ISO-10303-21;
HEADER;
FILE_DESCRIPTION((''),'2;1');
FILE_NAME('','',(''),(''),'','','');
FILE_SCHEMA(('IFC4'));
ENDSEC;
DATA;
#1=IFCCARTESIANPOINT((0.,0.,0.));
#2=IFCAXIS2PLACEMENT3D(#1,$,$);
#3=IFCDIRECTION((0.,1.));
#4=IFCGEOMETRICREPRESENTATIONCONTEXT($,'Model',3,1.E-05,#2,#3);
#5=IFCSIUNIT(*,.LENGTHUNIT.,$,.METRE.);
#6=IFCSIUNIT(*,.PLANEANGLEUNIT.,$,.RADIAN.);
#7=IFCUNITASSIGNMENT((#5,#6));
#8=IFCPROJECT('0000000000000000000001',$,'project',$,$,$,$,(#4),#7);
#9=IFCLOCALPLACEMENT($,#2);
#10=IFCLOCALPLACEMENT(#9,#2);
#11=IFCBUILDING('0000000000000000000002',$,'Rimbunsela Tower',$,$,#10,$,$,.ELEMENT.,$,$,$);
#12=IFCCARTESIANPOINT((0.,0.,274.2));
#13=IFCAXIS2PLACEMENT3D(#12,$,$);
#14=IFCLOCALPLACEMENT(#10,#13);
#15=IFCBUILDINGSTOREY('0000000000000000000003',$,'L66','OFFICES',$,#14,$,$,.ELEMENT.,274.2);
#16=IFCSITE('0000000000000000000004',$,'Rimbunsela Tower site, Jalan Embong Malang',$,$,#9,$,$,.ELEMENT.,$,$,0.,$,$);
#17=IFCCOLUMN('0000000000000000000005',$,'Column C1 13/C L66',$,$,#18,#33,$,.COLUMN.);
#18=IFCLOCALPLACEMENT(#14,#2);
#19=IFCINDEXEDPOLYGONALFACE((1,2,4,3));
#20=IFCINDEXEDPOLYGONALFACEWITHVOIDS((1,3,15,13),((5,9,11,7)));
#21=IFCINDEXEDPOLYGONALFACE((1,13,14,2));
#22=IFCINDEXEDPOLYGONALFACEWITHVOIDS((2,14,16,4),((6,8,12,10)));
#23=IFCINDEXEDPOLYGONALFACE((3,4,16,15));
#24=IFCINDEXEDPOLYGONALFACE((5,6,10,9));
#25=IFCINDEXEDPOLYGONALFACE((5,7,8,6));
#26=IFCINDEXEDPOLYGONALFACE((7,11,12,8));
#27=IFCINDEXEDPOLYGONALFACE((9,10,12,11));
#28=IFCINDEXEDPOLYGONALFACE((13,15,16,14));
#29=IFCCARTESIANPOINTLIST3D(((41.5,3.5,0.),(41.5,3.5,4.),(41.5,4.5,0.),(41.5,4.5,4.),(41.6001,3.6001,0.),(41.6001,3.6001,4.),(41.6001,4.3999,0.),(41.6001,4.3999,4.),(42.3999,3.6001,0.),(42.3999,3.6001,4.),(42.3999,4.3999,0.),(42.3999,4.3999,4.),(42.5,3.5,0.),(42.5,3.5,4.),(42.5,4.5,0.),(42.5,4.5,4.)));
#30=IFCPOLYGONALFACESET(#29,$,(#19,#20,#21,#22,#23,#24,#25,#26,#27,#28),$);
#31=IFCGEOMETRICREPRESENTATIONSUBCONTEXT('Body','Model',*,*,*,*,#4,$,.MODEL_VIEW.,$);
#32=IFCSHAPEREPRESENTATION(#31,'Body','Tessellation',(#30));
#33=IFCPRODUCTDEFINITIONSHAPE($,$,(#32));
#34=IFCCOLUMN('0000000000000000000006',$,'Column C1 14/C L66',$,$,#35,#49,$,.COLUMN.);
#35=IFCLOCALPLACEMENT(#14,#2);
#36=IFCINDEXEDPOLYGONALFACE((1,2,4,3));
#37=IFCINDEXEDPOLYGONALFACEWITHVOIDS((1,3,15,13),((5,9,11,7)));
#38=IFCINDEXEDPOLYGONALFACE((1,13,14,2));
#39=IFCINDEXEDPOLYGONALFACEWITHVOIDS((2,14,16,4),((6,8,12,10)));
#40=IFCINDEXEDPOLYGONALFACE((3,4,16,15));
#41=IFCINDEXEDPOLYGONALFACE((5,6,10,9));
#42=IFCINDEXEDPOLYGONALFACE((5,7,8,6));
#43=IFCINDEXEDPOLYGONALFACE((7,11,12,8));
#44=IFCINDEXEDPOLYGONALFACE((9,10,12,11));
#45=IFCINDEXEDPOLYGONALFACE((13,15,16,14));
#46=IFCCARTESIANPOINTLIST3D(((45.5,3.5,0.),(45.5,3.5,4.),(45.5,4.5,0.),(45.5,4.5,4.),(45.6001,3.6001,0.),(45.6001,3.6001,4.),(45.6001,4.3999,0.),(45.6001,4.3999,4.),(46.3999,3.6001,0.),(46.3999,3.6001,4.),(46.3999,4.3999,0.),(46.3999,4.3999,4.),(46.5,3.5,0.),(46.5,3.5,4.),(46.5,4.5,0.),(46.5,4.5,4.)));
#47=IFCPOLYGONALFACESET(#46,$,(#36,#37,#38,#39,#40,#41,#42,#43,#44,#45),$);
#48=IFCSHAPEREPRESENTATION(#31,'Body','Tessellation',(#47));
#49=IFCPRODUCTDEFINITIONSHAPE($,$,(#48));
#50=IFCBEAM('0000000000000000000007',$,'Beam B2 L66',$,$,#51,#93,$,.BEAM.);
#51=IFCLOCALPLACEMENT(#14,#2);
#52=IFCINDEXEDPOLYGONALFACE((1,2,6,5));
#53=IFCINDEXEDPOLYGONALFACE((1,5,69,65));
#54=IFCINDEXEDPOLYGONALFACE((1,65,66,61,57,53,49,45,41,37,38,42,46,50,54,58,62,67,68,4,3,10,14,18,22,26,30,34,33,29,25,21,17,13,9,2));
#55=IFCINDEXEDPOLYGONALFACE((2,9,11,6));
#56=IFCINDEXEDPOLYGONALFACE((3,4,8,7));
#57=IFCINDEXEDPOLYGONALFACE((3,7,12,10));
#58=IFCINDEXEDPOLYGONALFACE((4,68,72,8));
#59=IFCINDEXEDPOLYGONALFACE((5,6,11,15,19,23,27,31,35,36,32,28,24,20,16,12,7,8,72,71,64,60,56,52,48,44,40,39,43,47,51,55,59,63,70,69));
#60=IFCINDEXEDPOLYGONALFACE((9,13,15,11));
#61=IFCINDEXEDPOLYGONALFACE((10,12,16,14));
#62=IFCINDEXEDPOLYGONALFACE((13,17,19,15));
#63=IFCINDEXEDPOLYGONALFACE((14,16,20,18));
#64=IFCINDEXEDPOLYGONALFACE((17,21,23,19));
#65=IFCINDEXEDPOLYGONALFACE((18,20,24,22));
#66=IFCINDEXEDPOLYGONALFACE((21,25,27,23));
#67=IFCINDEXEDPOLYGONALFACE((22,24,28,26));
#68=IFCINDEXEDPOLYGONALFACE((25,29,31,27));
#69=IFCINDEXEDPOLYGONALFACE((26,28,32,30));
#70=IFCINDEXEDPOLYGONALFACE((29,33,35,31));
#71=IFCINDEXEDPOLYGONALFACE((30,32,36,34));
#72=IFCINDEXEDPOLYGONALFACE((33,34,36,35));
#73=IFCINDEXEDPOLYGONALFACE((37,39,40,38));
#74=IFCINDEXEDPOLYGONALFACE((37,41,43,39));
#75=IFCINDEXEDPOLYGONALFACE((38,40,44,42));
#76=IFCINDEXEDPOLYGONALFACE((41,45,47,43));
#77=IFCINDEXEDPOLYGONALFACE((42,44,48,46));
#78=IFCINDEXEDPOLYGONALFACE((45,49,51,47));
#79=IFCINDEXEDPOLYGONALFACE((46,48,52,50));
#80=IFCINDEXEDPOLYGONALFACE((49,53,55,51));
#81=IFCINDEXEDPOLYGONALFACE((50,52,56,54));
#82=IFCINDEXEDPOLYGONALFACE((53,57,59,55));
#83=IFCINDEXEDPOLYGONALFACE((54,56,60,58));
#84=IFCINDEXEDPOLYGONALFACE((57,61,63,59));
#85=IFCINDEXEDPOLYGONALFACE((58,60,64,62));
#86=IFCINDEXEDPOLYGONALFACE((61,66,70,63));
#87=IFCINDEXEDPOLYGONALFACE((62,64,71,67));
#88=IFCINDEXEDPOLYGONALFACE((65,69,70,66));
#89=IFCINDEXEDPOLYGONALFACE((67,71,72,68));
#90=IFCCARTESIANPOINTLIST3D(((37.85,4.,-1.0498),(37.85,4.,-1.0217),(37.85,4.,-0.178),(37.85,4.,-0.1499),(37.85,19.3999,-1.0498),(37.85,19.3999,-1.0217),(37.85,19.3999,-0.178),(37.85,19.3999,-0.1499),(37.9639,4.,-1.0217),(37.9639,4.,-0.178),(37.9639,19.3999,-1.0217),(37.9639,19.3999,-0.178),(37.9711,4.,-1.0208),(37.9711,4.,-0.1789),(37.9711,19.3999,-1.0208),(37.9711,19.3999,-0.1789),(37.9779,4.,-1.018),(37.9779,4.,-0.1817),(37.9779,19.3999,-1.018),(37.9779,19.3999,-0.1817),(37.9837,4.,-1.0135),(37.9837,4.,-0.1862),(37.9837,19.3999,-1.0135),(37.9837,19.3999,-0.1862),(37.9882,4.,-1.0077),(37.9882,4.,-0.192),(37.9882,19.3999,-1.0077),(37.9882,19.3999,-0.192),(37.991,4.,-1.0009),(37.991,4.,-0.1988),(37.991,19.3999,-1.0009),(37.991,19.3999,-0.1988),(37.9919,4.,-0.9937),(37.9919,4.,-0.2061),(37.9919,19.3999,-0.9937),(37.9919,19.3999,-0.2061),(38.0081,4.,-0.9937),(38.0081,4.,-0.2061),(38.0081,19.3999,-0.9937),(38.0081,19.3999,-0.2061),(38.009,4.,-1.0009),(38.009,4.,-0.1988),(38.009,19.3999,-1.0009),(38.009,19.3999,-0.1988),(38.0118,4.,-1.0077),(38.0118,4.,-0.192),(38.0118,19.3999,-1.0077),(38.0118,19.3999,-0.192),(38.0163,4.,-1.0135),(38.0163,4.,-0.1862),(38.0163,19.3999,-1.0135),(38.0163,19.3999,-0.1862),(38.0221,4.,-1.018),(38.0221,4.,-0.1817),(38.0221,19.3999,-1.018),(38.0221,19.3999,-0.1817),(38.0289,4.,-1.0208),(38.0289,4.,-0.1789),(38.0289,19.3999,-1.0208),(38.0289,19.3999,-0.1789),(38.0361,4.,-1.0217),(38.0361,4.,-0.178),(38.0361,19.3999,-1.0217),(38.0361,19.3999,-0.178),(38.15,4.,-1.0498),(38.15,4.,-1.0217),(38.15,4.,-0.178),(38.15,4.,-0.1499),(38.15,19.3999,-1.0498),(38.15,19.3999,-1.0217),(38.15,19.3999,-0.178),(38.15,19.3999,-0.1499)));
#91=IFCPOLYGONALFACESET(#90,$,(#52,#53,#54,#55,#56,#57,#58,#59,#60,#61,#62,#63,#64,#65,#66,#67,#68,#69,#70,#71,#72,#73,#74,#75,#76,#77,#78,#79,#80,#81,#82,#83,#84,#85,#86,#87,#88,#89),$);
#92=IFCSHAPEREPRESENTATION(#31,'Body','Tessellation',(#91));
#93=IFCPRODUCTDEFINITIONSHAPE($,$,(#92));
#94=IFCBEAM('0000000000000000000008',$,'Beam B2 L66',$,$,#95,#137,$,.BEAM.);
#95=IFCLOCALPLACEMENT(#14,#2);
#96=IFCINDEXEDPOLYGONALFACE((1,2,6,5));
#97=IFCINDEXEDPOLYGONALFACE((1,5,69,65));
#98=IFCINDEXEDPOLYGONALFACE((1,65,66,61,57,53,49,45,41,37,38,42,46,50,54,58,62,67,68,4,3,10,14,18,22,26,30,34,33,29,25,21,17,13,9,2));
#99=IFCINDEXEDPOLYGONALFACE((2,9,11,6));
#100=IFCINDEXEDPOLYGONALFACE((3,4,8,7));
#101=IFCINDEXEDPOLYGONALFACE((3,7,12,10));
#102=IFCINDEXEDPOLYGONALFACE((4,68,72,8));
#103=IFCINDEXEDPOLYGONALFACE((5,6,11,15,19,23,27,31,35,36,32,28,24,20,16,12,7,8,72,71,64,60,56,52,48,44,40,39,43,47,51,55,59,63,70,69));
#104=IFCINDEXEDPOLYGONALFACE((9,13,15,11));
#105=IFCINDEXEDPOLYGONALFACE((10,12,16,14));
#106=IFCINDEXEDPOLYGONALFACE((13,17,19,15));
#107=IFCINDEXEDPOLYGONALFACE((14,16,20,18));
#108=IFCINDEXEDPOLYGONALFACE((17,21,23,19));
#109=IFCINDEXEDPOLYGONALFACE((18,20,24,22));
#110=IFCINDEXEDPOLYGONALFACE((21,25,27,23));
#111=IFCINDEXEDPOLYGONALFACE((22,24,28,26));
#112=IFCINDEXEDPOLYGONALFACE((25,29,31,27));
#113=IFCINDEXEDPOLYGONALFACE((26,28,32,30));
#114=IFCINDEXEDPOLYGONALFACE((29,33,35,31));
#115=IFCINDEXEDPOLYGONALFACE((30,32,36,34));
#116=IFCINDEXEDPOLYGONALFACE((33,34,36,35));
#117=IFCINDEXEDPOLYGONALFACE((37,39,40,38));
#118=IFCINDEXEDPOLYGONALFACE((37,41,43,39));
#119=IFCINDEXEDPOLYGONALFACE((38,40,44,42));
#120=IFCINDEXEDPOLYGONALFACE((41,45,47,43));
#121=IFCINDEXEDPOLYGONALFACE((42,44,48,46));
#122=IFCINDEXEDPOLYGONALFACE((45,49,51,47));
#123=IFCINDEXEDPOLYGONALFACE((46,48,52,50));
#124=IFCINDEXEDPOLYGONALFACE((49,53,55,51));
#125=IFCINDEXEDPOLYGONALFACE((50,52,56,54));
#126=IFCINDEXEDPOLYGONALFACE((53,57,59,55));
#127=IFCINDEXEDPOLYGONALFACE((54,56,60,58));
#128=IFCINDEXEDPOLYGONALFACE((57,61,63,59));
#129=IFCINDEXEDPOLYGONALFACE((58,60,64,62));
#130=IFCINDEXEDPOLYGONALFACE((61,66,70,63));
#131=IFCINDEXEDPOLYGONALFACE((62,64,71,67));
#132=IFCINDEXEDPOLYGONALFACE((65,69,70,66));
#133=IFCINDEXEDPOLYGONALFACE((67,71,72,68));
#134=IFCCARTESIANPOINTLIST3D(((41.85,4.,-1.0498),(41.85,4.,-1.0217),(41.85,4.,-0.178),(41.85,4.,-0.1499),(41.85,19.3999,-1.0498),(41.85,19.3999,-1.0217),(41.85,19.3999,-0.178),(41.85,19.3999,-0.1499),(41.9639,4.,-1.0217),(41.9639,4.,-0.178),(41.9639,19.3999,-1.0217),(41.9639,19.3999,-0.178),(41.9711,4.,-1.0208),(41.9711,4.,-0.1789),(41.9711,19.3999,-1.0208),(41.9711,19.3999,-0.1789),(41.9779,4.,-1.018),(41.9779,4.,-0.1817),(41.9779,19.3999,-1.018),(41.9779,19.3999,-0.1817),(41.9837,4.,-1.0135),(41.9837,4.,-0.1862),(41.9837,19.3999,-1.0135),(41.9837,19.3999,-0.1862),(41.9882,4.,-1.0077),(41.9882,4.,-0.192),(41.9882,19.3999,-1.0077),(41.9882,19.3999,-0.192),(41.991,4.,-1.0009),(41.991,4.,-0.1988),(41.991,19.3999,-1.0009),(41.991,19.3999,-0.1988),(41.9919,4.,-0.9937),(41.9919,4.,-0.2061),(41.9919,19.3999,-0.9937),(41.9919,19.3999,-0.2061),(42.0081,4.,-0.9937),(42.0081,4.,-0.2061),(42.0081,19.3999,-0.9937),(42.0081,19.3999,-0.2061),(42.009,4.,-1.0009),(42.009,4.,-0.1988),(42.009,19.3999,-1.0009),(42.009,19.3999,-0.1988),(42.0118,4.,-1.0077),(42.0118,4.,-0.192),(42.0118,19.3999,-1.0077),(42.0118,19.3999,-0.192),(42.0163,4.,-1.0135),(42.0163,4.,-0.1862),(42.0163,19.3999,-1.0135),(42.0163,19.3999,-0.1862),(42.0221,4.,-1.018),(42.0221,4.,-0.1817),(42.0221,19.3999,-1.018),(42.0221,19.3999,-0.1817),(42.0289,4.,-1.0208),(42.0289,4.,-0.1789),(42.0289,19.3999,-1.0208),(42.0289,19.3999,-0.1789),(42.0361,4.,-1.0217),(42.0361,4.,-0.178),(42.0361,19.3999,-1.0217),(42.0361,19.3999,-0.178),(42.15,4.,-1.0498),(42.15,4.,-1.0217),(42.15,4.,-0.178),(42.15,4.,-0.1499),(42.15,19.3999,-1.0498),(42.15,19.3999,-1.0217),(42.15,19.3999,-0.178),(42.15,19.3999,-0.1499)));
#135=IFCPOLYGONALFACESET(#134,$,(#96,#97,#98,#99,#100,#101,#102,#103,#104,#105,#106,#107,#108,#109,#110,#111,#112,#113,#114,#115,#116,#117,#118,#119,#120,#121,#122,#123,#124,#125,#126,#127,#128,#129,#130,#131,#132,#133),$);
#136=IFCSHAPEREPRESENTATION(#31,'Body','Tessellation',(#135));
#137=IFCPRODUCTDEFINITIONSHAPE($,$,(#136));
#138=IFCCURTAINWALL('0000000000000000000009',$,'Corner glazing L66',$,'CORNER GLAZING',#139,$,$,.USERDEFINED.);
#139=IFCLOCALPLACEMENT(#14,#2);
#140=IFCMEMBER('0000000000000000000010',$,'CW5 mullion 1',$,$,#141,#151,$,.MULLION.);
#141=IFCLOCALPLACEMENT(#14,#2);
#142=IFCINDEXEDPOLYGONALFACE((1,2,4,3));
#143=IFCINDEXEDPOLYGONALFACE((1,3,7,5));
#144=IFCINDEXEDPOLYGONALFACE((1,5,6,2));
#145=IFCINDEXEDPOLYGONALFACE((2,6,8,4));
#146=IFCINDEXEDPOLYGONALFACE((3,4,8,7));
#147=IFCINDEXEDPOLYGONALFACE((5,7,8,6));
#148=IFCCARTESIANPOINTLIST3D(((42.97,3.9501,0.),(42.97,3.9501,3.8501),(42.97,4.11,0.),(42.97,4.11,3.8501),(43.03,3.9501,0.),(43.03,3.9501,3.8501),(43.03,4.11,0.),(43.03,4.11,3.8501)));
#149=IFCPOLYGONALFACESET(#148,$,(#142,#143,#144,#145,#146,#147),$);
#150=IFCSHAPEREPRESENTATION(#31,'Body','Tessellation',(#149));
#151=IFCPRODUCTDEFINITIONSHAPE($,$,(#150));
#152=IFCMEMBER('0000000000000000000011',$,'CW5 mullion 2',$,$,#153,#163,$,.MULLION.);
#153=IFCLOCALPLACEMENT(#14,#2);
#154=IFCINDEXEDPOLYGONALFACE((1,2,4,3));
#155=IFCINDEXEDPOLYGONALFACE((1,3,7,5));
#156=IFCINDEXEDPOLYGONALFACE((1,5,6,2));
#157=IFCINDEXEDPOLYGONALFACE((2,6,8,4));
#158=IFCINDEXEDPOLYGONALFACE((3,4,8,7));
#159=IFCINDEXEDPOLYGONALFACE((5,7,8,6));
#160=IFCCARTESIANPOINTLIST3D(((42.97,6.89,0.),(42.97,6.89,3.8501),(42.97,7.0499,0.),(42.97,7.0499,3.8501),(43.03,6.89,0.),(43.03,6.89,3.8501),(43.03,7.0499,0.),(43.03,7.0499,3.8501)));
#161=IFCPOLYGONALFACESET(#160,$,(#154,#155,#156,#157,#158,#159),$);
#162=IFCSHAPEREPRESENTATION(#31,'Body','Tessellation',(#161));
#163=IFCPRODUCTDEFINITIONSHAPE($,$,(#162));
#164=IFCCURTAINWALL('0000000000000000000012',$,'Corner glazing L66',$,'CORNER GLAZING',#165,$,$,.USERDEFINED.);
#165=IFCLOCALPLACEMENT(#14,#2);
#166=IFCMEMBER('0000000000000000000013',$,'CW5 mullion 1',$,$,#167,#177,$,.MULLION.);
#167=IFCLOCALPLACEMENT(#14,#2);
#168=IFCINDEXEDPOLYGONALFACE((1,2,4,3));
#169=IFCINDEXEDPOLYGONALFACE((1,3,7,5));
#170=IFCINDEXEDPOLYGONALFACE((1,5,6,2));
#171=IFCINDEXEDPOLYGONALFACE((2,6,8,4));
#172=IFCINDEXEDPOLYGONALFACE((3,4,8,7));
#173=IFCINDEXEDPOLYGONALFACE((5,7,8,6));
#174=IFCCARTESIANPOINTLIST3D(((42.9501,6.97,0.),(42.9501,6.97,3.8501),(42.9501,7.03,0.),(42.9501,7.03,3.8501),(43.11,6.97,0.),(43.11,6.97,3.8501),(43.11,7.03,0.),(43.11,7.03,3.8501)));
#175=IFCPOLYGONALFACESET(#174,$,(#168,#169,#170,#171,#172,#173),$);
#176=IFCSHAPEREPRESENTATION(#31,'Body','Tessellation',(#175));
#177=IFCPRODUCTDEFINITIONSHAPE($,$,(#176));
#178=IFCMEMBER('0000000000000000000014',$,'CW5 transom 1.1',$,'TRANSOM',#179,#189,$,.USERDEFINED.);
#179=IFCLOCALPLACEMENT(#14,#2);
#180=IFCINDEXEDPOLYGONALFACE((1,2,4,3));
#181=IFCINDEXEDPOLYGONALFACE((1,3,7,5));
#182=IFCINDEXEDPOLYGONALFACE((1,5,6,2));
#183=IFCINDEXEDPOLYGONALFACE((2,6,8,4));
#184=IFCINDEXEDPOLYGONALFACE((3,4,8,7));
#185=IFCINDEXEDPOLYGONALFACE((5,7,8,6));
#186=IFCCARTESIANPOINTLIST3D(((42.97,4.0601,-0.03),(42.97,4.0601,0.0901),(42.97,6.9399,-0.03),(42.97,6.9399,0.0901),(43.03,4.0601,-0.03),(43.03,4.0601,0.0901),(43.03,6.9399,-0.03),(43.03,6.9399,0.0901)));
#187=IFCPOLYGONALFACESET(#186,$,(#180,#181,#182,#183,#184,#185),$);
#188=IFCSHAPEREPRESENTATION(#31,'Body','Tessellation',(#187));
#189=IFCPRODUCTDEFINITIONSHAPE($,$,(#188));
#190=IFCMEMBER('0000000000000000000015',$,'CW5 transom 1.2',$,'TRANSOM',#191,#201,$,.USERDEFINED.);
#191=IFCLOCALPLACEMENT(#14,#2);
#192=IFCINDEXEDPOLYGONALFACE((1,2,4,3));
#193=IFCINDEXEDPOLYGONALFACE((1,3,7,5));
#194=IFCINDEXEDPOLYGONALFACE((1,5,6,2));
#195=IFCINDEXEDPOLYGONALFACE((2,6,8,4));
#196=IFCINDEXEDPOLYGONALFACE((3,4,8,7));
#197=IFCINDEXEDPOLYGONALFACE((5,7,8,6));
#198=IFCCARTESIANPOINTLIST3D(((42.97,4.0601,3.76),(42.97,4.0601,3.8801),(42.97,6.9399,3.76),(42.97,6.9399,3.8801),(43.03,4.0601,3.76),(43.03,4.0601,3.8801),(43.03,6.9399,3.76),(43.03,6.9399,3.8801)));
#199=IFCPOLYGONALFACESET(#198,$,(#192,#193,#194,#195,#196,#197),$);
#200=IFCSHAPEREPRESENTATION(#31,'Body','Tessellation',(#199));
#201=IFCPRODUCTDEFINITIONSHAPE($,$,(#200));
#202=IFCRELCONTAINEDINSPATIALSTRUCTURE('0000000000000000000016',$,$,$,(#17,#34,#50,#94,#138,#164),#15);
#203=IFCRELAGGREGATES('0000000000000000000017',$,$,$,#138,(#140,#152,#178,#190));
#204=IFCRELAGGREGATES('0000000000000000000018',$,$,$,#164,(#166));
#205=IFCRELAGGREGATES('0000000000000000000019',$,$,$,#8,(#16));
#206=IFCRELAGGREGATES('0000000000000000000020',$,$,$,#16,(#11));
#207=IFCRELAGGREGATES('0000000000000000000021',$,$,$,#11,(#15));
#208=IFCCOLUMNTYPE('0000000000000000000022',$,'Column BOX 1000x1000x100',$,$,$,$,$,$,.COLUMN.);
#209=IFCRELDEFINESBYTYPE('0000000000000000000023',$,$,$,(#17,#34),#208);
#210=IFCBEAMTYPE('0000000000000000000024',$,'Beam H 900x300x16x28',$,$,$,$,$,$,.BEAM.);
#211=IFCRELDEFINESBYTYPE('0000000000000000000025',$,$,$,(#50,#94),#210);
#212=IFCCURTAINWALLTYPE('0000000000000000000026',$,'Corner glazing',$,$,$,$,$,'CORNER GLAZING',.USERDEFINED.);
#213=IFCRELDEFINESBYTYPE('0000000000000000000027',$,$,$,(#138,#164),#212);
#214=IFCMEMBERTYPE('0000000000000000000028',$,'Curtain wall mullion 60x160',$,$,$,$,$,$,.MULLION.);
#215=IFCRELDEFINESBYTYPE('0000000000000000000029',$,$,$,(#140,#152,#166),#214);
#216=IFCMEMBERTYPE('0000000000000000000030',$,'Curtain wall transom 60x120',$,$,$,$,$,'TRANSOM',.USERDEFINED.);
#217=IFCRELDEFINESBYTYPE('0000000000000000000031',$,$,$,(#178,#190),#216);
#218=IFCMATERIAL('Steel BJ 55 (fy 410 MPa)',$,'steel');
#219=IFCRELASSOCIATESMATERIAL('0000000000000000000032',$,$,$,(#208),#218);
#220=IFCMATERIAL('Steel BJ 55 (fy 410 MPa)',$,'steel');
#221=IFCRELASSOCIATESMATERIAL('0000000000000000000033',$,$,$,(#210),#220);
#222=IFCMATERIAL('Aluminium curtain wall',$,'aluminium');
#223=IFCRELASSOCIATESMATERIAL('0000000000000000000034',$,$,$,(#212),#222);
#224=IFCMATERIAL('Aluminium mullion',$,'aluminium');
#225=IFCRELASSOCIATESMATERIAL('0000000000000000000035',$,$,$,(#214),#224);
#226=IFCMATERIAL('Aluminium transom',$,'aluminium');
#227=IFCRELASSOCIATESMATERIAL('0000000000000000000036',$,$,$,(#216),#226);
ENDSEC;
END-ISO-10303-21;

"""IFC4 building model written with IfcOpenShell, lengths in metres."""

from ifc_helpers import new_model, si_unit, direction, frame, origin, origin_2d, place, context, subcontext, project, spatial, rectangle, hollow_rectangle, i_section, extrude, material, material_profile, profile_set, type_object, element, aggregate, save


model = new_model("IFC4")

# Units and contexts
model_context = context("Model", 3, precision=1e-05, world=origin(), true_north=direction((0.0, 1.0)))
body_context = subcontext(model_context, "Body", "Model", "MODEL_VIEW")
ifc_project = project(units=[si_unit("LENGTHUNIT", "METRE"), si_unit("PLANEANGLEUNIT", "RADIAN")], contexts=[model_context])

# Site, building, storey
site_placement = place(None, origin())
site = spatial("IfcSite", under=ifc_project, at=site_placement, Name="Rimbunsela Tower site, Jalan Embong Malang", CompositionType="ELEMENT", RefElevation=0.0)
building_placement = place(site_placement, origin())
building = spatial("IfcBuilding", under=site, at=building_placement, Name="Rimbunsela Tower", CompositionType="ELEMENT")
storey_placement = place(building_placement, frame((0.0, 0.0, 274.2)))
storey = spatial("IfcBuildingStorey", under=building, at=storey_placement, Name="L66", Description="OFFICES", CompositionType="ELEMENT", Elevation=274.2)

# Columns
ifc_material_1 = material(Name="Steel BJ 55 (fy 410 MPa)", Category="steel")
ifc_material_profile_1 = material_profile(ifc_material_1, hollow_rectangle(XDim=1.0, YDim=1.0, WallThickness=0.1001, at=origin_2d()), Name="BOX 1000x1000x100")
ifc_profile_set_1 = profile_set([ifc_material_profile_1], Name="Steel BJ 55 (fy 410 MPa)")
column_type = type_object("IfcColumnType", Name="Column BOX 1000x1000x100", PredefinedType="COLUMN", material=ifc_profile_set_1)
for number, where, z_axis, x_axis, name in (
    (1, (42.0, 4.0, 0.0), (0.0, 0.0, 1.0), (1.0, 0.0, 0.0), "Column C1 13/C L66"),
    (2, (46.0, 4.0, 0.0), (0.0, 0.0, 1.0), (1.0, 0.0, 0.0), "Column C1 14/C L66"),
):
    element("IfcColumn", number, at=place(storey_placement, frame(where, z_axis=z_axis, x_axis=x_axis)), inside=storey, type_object=column_type, Name=name, PredefinedType="COLUMN", context=body_context, shape_type="SweptSolid", body=[
        extrude(hollow_rectangle(XDim=1.0, YDim=1.0, WallThickness=0.1001, at=origin_2d()), origin(), (0.0, 0.0, 1.0), 4.0),
    ])

# Beams
ifc_material_2 = material(Name="Steel BJ 55 (fy 410 MPa)", Category="steel")
ifc_material_profile_2 = material_profile(ifc_material_2, i_section(OverallWidth=0.3, OverallDepth=0.8999, WebThickness=0.0161, FlangeThickness=0.0281, FilletRadius=0.0281, at=origin_2d()), Name="H 900x300x16x28")
ifc_profile_set_2 = profile_set([ifc_material_profile_2], Name="Steel BJ 55 (fy 410 MPa)")
beam_type = type_object("IfcBeamType", Name="Beam H 900x300x16x28", PredefinedType="BEAM", material=ifc_profile_set_2)
for number, where, z_axis, x_axis, name in (
    (3, (38.0, 4.0, -0.5999), (0.0, 1.0, 0.0), (-1.0, 0.0, 0.0), "Beam B2 L66"),
    (4, (42.0, 4.0, -0.5999), (0.0, 1.0, 0.0), (-1.0, 0.0, 0.0), "Beam B2 L66"),
):
    element("IfcBeam", number, at=place(storey_placement, frame(where, z_axis=z_axis, x_axis=x_axis)), inside=storey, type_object=beam_type, Name=name, PredefinedType="BEAM", context=body_context, shape_type="SweptSolid", body=[
        extrude(i_section(OverallWidth=0.3, OverallDepth=0.8999, WebThickness=0.0161, FlangeThickness=0.0281, FilletRadius=0.0281, at=origin_2d()), origin(), (0.0, 0.0, 1.0), 15.3999),
    ])

# Curtain wall, members
ifc_material_3 = material(Name="Aluminium curtain wall", Category="aluminium")
curtain_wall_type = type_object("IfcCurtainWallType", Name="Corner glazing", ElementType="CORNER GLAZING", PredefinedType="USERDEFINED", material=ifc_material_3)
curtain_wall_1_placement = place(storey_placement, origin())
curtain_wall_1 = element("IfcCurtainWall", 5, at=curtain_wall_1_placement, inside=storey, type_object=curtain_wall_type, Name="Corner glazing L66", ObjectType="CORNER GLAZING", PredefinedType="USERDEFINED")
ifc_material_4 = material(Name="Aluminium mullion", Category="aluminium")
ifc_material_profile_3 = material_profile(ifc_material_4, rectangle(XDim=0.0601, YDim=0.1599, at=origin_2d()), Name="Mullion 60x160")
ifc_profile_set_3 = profile_set([ifc_material_profile_3], Name="Aluminium mullion")
member_type_1 = type_object("IfcMemberType", Name="Curtain wall mullion 60x160", PredefinedType="MULLION", material=ifc_profile_set_3)
member_1_placement = place(storey_placement, frame((43.0, 4.03, 0.0), z_axis=(0.0, 0.0, 1.0), x_axis=(-1.0, 0.0, 0.0)))
member_1 = element("IfcMember", 6, at=member_1_placement, type_object=member_type_1, Name="CW5 mullion 1", PredefinedType="MULLION", context=body_context, shape_type="SweptSolid", body=[
    extrude(rectangle(XDim=0.0601, YDim=0.1599, at=origin_2d()), origin(), (0.0, 0.0, 1.0), 3.8501),
])
member_2_placement = place(storey_placement, frame((43.0, 6.97, 0.0), z_axis=(0.0, 0.0, 1.0), x_axis=(-1.0, 0.0, 0.0)))
member_2 = element("IfcMember", 7, at=member_2_placement, type_object=member_type_1, Name="CW5 mullion 2", PredefinedType="MULLION", context=body_context, shape_type="SweptSolid", body=[
    extrude(rectangle(XDim=0.0601, YDim=0.1599, at=origin_2d()), origin(), (0.0, 0.0, 1.0), 3.8501),
])

# Curtain wall, member
curtain_wall_2_placement = place(storey_placement, origin())
curtain_wall_2 = element("IfcCurtainWall", 8, at=curtain_wall_2_placement, inside=storey, type_object=curtain_wall_type, Name="Corner glazing L66", ObjectType="CORNER GLAZING", PredefinedType="USERDEFINED")
member_3_placement = place(storey_placement, frame((43.03, 7.0, 0.0), z_axis=(0.0, 0.0, 1.0), x_axis=(0.0, 1.0, 0.0)))
member_3 = element("IfcMember", 9, at=member_3_placement, type_object=member_type_1, Name="CW5 mullion 1", PredefinedType="MULLION", context=body_context, shape_type="SweptSolid", body=[
    extrude(rectangle(XDim=0.0601, YDim=0.1599, at=origin_2d()), origin(), (0.0, 0.0, 1.0), 3.8501),
])

# Members
ifc_material_5 = material(Name="Aluminium transom", Category="aluminium")
ifc_material_profile_4 = material_profile(ifc_material_5, rectangle(XDim=0.0601, YDim=0.1201, at=origin_2d()), Name="Transom 60x120")
ifc_profile_set_4 = profile_set([ifc_material_profile_4], Name="Aluminium transom")
member_type_2 = type_object("IfcMemberType", Name="Curtain wall transom 60x120", ElementType="TRANSOM", PredefinedType="USERDEFINED", material=ifc_profile_set_4)
member_4_placement = place(storey_placement, frame((43.0, 4.0601, 0.03), z_axis=(0.0, 1.0, 0.0), x_axis=(-1.0, 0.0, 0.0)))
member_4 = element("IfcMember", 10, at=member_4_placement, type_object=member_type_2, Name="CW5 transom 1.1", ObjectType="TRANSOM", PredefinedType="USERDEFINED", context=body_context, shape_type="SweptSolid", body=[
    extrude(rectangle(XDim=0.0601, YDim=0.1201, at=origin_2d()), origin(), (0.0, 0.0, 1.0), 2.8799),
])
member_5_placement = place(storey_placement, frame((43.0, 4.0601, 3.8201), z_axis=(0.0, 1.0, 0.0), x_axis=(-1.0, 0.0, 0.0)))
member_5 = element("IfcMember", 11, at=member_5_placement, type_object=member_type_2, Name="CW5 transom 1.2", ObjectType="TRANSOM", PredefinedType="USERDEFINED", context=body_context, shape_type="SweptSolid", body=[
    extrude(rectangle(XDim=0.0601, YDim=0.1201, at=origin_2d()), origin(), (0.0, 0.0, 1.0), 2.8799),
])

aggregate(curtain_wall_1, [member_1, member_2, member_4, member_5])
aggregate(curtain_wall_2, [member_3])

save(model, "model.ifc")
